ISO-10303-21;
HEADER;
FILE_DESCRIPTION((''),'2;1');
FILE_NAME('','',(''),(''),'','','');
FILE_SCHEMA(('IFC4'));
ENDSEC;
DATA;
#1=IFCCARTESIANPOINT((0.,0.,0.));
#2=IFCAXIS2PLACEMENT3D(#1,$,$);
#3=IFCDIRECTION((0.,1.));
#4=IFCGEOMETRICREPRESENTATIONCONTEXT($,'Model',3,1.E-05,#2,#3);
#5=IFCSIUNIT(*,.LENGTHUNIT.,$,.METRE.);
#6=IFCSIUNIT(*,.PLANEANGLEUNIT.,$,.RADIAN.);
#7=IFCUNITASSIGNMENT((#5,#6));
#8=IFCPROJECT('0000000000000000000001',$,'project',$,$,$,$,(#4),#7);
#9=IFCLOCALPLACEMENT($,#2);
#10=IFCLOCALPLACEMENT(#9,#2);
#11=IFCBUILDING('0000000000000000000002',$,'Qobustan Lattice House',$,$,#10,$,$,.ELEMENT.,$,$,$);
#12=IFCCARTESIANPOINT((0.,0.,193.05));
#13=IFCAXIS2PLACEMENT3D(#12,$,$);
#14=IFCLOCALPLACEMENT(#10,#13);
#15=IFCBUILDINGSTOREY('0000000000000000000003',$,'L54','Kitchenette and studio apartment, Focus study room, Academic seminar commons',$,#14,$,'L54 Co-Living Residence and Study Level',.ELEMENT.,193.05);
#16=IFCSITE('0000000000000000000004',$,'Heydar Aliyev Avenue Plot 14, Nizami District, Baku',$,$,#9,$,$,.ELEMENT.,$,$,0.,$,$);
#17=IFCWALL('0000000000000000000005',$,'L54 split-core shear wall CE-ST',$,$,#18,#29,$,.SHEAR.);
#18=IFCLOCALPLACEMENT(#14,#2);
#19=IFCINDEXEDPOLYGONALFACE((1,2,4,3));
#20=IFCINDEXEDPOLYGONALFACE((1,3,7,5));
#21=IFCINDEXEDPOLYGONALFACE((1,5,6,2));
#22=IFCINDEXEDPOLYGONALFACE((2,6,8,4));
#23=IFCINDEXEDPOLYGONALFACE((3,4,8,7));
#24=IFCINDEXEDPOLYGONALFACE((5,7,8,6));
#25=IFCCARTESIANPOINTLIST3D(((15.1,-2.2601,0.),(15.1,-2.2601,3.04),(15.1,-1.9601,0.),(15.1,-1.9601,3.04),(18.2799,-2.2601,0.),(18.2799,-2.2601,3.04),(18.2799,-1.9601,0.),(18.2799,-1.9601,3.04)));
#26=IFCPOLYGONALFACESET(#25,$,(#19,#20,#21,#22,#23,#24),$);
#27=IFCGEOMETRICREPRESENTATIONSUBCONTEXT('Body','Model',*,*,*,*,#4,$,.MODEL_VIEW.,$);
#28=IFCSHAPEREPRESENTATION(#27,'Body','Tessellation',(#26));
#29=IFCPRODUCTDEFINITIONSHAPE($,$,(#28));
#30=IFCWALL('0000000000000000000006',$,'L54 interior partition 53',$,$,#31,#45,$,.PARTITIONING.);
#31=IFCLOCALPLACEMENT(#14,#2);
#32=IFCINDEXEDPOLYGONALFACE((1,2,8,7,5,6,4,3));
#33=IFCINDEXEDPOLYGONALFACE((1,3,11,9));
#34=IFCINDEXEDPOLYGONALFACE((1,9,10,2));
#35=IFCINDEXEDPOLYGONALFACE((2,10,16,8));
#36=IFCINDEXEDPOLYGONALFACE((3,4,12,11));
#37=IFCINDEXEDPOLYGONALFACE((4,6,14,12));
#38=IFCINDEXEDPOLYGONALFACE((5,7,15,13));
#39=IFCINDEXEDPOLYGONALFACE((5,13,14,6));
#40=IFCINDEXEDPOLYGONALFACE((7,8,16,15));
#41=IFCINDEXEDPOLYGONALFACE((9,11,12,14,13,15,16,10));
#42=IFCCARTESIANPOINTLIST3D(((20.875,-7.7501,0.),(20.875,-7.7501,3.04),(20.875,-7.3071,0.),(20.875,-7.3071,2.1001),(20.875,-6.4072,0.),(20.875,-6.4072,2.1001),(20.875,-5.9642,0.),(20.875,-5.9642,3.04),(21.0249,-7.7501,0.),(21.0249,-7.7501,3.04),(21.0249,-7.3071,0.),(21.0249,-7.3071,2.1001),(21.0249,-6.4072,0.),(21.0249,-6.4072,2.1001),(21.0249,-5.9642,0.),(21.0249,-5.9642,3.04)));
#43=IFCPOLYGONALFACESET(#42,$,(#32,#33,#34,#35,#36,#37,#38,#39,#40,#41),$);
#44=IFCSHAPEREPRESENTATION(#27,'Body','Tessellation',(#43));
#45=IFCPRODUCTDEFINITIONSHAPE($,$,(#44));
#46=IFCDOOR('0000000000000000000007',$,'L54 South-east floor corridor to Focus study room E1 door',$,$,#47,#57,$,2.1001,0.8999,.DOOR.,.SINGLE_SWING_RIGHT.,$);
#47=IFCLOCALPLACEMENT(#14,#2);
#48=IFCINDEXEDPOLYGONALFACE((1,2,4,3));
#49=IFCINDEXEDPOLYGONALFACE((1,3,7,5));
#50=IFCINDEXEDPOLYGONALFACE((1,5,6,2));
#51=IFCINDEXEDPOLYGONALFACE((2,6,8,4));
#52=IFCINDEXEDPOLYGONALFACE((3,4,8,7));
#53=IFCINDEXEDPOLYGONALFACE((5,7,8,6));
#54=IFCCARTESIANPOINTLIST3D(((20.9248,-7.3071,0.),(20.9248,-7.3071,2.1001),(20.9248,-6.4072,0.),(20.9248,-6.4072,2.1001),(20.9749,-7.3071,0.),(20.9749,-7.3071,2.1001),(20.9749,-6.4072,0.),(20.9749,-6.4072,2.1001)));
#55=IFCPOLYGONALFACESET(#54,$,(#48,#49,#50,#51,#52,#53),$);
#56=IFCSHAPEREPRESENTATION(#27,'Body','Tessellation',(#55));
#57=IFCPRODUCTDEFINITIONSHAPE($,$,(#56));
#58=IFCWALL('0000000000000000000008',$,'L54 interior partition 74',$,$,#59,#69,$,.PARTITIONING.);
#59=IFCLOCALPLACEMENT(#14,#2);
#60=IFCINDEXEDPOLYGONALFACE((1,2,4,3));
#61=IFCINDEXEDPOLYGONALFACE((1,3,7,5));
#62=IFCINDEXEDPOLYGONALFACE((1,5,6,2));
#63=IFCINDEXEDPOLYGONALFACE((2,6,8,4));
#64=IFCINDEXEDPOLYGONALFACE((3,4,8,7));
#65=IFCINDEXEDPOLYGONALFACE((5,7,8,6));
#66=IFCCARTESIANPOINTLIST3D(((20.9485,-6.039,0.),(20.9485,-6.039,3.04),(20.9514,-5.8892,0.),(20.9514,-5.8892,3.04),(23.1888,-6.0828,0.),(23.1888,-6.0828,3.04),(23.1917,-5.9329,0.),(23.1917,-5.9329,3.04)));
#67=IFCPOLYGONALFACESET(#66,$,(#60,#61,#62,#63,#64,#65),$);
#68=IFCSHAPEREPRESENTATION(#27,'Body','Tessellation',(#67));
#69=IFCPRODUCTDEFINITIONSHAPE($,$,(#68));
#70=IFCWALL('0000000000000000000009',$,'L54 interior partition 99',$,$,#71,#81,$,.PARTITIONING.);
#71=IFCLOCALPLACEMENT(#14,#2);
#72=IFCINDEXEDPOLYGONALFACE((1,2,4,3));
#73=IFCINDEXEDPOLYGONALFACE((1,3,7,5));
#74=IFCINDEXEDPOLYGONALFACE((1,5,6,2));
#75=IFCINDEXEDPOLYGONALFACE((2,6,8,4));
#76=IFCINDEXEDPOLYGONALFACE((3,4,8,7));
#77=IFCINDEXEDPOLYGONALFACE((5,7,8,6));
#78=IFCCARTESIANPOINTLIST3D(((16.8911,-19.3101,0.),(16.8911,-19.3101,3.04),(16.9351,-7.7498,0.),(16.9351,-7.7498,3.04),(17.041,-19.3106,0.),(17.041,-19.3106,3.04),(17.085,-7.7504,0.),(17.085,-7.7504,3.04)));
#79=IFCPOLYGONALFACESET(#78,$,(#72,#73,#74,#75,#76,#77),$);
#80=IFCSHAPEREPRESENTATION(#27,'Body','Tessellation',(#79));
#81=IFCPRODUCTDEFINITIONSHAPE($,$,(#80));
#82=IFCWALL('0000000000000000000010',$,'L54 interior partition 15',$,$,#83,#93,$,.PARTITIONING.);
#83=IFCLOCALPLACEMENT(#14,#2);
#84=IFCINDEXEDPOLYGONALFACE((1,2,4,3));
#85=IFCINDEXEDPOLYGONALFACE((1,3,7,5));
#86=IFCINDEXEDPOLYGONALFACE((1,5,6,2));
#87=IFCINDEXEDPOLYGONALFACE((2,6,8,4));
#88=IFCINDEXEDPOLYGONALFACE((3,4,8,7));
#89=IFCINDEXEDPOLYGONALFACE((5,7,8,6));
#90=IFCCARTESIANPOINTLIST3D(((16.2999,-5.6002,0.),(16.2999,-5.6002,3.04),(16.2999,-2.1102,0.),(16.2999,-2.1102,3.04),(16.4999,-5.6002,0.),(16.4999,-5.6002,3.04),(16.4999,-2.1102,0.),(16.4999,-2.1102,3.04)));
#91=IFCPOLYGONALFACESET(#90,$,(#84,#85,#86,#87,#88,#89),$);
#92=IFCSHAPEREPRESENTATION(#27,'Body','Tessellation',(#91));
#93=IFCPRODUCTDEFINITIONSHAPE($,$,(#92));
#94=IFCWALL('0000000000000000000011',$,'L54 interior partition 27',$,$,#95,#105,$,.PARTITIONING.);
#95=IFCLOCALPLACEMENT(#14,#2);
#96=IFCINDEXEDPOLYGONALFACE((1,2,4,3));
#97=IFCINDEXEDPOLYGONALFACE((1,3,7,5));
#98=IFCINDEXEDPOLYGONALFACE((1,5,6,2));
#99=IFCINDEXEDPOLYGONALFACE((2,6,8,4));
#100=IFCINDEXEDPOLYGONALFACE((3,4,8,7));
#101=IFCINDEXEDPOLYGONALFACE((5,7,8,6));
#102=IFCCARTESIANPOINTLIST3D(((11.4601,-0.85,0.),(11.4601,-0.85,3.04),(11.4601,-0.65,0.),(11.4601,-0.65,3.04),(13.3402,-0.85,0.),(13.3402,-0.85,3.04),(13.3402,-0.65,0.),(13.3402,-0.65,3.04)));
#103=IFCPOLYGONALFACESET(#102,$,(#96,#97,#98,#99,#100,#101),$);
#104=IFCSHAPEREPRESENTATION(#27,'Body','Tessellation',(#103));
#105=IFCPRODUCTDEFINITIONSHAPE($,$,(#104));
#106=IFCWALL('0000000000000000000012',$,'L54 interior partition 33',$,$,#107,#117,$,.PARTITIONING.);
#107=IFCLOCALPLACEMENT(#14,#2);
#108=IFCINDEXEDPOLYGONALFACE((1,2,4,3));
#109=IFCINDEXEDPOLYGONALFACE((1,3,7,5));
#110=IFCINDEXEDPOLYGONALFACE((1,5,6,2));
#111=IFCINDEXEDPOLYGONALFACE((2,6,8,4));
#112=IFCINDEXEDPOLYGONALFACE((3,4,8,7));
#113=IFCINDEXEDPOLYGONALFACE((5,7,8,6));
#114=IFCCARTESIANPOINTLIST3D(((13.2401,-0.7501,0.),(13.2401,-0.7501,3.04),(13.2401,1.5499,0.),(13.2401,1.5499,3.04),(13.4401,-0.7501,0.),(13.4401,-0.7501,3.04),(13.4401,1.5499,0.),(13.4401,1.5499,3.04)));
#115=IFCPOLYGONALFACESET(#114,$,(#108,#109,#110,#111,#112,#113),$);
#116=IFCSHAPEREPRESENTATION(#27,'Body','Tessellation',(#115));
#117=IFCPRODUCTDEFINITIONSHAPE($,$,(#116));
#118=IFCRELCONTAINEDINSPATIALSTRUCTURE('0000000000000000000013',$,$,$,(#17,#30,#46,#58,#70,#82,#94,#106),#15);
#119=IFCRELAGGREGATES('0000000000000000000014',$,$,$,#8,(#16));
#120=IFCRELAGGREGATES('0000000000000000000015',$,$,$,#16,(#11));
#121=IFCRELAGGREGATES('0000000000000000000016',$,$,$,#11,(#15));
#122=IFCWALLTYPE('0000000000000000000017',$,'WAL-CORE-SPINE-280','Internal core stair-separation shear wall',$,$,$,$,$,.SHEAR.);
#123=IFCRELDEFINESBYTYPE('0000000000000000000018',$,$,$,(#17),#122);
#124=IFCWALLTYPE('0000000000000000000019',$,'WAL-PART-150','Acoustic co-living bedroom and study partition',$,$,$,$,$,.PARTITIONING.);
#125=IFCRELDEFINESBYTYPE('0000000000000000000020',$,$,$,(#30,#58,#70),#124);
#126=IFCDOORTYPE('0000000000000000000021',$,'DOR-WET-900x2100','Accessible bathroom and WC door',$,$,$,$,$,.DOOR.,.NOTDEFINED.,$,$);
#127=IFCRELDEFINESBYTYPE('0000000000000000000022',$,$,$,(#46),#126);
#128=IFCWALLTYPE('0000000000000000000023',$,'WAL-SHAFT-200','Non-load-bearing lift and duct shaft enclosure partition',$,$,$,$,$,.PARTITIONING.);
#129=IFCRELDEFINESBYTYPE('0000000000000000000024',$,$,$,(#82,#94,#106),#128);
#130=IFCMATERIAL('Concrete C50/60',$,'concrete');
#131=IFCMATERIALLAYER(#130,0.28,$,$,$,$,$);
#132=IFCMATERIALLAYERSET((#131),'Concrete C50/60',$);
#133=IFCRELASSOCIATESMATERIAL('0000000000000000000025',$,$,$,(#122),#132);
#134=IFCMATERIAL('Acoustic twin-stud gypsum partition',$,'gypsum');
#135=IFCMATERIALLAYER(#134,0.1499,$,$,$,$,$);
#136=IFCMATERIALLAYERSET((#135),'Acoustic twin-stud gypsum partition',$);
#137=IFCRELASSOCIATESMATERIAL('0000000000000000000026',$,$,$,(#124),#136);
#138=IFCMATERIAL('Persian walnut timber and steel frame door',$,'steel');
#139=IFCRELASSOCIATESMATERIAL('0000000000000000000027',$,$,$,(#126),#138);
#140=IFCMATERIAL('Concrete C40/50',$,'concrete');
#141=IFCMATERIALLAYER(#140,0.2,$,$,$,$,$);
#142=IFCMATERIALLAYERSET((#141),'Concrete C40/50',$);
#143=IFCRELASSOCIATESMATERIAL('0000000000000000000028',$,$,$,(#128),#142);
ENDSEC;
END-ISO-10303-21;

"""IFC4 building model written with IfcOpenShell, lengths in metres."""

from ifc_helpers import new_model, si_unit, direction, frame, frame_2d, origin, place, context, subcontext, project, spatial, rectangle, extrude, material, layer, layer_set, type_object, element, fill, save


model = new_model("IFC4")

# Units and contexts
model_context = context("Model", 3, precision=1e-05, world=origin(), true_north=direction((0.0, 1.0)))
body_context = subcontext(model_context, "Body", "Model", "MODEL_VIEW")
ifc_project = project(units=[si_unit("LENGTHUNIT", "METRE"), si_unit("PLANEANGLEUNIT", "RADIAN")], contexts=[model_context])

# Site, building, storey
site_placement = place(None, origin())
site = spatial("IfcSite", under=ifc_project, at=site_placement, Name="Heydar Aliyev Avenue Plot 14, Nizami District, Baku", CompositionType="ELEMENT", RefElevation=0.0)
building_placement = place(site_placement, origin())
building = spatial("IfcBuilding", under=site, at=building_placement, Name="Qobustan Lattice House", CompositionType="ELEMENT")
storey_placement = place(building_placement, frame((0.0, 0.0, 193.05)))
storey = spatial("IfcBuildingStorey", under=building, at=storey_placement, Name="L54", Description="Kitchenette and studio apartment, Focus study room, Academic seminar commons", LongName="L54 Co-Living Residence and Study Level", CompositionType="ELEMENT", Elevation=193.05)

# Wall
ifc_material_1 = material(Name="Concrete C50/60", Category="concrete")
ifc_layer_1 = layer(ifc_material_1, 0.28)
ifc_layer_set_1 = layer_set([ifc_layer_1], Name="Concrete C50/60")
wall_type_1 = type_object("IfcWallType", Name="WAL-CORE-SPINE-280", Description="Internal core stair-separation shear wall", PredefinedType="SHEAR", material=ifc_layer_set_1)
wall_1_placement = place(storey_placement, frame((15.1001, -2.1101, 0.0), z_axis=(0.0, 0.0, 1.0), x_axis=(1.0, 0.0, 0.0)))
element("IfcWall", 1, at=wall_1_placement, inside=storey, type_object=wall_type_1, Name="L54 split-core shear wall CE-ST", PredefinedType="SHEAR", context=body_context, shape_type="SweptSolid", body=[
    extrude(rectangle(XDim=3.1799, YDim=0.3, at=frame_2d((1.5898, 0.0))), origin(), (0.0, 0.0, 1.0), 3.04),
])

# Wall, opening, door
ifc_material_2 = material(Name="Acoustic twin-stud gypsum partition", Category="gypsum")
ifc_layer_2 = layer(ifc_material_2, 0.1499)
ifc_layer_set_2 = layer_set([ifc_layer_2], Name="Acoustic twin-stud gypsum partition")
wall_type_2 = type_object("IfcWallType", Name="WAL-PART-150", Description="Acoustic co-living bedroom and study partition", PredefinedType="PARTITIONING", material=ifc_layer_set_2)
wall_2_placement = place(storey_placement, frame((20.95, -5.9641, 0.0), z_axis=(0.0, 0.0, 1.0), x_axis=(0.0, -1.0, 0.0)))
wall_2 = element("IfcWall", 2, at=wall_2_placement, inside=storey, type_object=wall_type_2, Name="L54 interior partition 53", PredefinedType="PARTITIONING", context=body_context, shape_type="SweptSolid", body=[
    extrude(rectangle(XDim=1.7859, YDim=0.1499, at=frame_2d((0.8931, 0.0))), origin(), (0.0, 0.0, 1.0), 3.04),
])
opening_1_placement = place(wall_2_placement, frame((0.4431, 0.0, 0.0)))
opening_1 = element("IfcOpeningElement", 3, at=opening_1_placement, cuts=wall_2, PredefinedType="OPENING", context=body_context, shape_type="SweptSolid", body=[
    extrude(rectangle(XDim=0.8999, YDim=2.1001, at=frame_2d((0.45, 1.05))), frame((0.0, 0.085, 0.0), z_axis=(0.0, -1.0, 0.0), x_axis=(1.0, 0.0, 0.0)), (0.0, 0.0, 1.0), 0.1699),
])
ifc_material_3 = material(Name="Persian walnut timber and steel frame door", Category="steel")
door_type_1 = type_object("IfcDoorType", Name="DOR-WET-900x2100", Description="Accessible bathroom and WC door", OperationType="NOTDEFINED", PredefinedType="DOOR", material=ifc_material_3)
door_1_placement = place(opening_1_placement, origin())
door_1 = element("IfcDoor", 4, at=door_1_placement, inside=storey, type_object=door_type_1, Name="L54 South-east floor corridor to Focus study room E1 door", OperationType="SINGLE_SWING_RIGHT", OverallHeight=2.1001, OverallWidth=0.8999, PredefinedType="DOOR", context=body_context, shape_type="SweptSolid", body=[
    extrude(rectangle(XDim=0.8999, YDim=2.1001, at=frame_2d((0.45, 1.05))), frame((0.0, 0.0249, 0.0), z_axis=(0.0, -1.0, 0.0), x_axis=(1.0, 0.0, 0.0)), (0.0, 0.0, 1.0), 0.05),
])
fill(opening_1, door_1)

# Walls
wall_3_placement = place(storey_placement, frame((20.95, -5.9641, 0.0), z_axis=(0.0, 0.0, 1.0), x_axis=(0.99981, -0.019504, 0.0)))
element("IfcWall", 5, at=wall_3_placement, inside=storey, type_object=wall_type_2, Name="L54 interior partition 74", PredefinedType="PARTITIONING", context=body_context, shape_type="SweptSolid", body=[
    extrude(rectangle(XDim=2.2407, YDim=0.1499, at=frame_2d((1.1204, 0.0))), origin(), (0.0, 0.0, 1.0), 3.04),
])
wall_4_placement = place(storey_placement, frame((17.01, -7.75, 0.0), z_axis=(0.0, 0.0, 1.0), x_axis=(-0.003801, -0.999993, 0.0)))
element("IfcWall", 6, at=wall_4_placement, inside=storey, type_object=wall_type_2, Name="L54 interior partition 99", PredefinedType="PARTITIONING", context=body_context, shape_type="SweptSolid", body=[
    extrude(rectangle(XDim=11.5603, YDim=0.1499, at=frame_2d((5.7803, 0.0))), origin(), (0.0, 0.0, 1.0), 3.04),
])
ifc_material_4 = material(Name="Concrete C40/50", Category="concrete")
ifc_layer_3 = layer(ifc_material_4, 0.2)
ifc_layer_set_3 = layer_set([ifc_layer_3], Name="Concrete C40/50")
wall_type_3 = type_object("IfcWallType", Name="WAL-SHAFT-200", Description="Non-load-bearing lift and duct shaft enclosure partition", PredefinedType="PARTITIONING", material=ifc_layer_set_3)
wall_5_placement = place(storey_placement, frame((16.3999, -2.1101, 0.0), z_axis=(0.0, 0.0, 1.0), x_axis=(0.0, -1.0, 0.0)))
element("IfcWall", 7, at=wall_5_placement, inside=storey, type_object=wall_type_3, Name="L54 interior partition 15", PredefinedType="PARTITIONING", context=body_context, shape_type="SweptSolid", body=[
    extrude(rectangle(XDim=3.49, YDim=0.2, at=frame_2d((1.7451, 0.0))), origin(), (0.0, 0.0, 1.0), 3.04),
])
wall_6_placement = place(storey_placement, frame((13.3401, -0.75, 0.0), z_axis=(0.0, 0.0, 1.0), x_axis=(-1.0, 0.0, 0.0)))
element("IfcWall", 8, at=wall_6_placement, inside=storey, type_object=wall_type_3, Name="L54 interior partition 27", PredefinedType="PARTITIONING", context=body_context, shape_type="SweptSolid", body=[
    extrude(rectangle(XDim=1.8801, YDim=0.2, at=frame_2d((0.9399, 0.0))), origin(), (0.0, 0.0, 1.0), 3.04),
])
wall_7_placement = place(storey_placement, frame((13.3401, -0.75, 0.0), z_axis=(0.0, 0.0, 1.0), x_axis=(0.0, 1.0, 0.0)))
element("IfcWall", 9, at=wall_7_placement, inside=storey, type_object=wall_type_3, Name="L54 interior partition 33", PredefinedType="PARTITIONING", context=body_context, shape_type="SweptSolid", body=[
    extrude(rectangle(XDim=2.3, YDim=0.2, at=frame_2d((1.1499, 0.0))), origin(), (0.0, 0.0, 1.0), 3.04),
])

save(model, "model.ifc")
